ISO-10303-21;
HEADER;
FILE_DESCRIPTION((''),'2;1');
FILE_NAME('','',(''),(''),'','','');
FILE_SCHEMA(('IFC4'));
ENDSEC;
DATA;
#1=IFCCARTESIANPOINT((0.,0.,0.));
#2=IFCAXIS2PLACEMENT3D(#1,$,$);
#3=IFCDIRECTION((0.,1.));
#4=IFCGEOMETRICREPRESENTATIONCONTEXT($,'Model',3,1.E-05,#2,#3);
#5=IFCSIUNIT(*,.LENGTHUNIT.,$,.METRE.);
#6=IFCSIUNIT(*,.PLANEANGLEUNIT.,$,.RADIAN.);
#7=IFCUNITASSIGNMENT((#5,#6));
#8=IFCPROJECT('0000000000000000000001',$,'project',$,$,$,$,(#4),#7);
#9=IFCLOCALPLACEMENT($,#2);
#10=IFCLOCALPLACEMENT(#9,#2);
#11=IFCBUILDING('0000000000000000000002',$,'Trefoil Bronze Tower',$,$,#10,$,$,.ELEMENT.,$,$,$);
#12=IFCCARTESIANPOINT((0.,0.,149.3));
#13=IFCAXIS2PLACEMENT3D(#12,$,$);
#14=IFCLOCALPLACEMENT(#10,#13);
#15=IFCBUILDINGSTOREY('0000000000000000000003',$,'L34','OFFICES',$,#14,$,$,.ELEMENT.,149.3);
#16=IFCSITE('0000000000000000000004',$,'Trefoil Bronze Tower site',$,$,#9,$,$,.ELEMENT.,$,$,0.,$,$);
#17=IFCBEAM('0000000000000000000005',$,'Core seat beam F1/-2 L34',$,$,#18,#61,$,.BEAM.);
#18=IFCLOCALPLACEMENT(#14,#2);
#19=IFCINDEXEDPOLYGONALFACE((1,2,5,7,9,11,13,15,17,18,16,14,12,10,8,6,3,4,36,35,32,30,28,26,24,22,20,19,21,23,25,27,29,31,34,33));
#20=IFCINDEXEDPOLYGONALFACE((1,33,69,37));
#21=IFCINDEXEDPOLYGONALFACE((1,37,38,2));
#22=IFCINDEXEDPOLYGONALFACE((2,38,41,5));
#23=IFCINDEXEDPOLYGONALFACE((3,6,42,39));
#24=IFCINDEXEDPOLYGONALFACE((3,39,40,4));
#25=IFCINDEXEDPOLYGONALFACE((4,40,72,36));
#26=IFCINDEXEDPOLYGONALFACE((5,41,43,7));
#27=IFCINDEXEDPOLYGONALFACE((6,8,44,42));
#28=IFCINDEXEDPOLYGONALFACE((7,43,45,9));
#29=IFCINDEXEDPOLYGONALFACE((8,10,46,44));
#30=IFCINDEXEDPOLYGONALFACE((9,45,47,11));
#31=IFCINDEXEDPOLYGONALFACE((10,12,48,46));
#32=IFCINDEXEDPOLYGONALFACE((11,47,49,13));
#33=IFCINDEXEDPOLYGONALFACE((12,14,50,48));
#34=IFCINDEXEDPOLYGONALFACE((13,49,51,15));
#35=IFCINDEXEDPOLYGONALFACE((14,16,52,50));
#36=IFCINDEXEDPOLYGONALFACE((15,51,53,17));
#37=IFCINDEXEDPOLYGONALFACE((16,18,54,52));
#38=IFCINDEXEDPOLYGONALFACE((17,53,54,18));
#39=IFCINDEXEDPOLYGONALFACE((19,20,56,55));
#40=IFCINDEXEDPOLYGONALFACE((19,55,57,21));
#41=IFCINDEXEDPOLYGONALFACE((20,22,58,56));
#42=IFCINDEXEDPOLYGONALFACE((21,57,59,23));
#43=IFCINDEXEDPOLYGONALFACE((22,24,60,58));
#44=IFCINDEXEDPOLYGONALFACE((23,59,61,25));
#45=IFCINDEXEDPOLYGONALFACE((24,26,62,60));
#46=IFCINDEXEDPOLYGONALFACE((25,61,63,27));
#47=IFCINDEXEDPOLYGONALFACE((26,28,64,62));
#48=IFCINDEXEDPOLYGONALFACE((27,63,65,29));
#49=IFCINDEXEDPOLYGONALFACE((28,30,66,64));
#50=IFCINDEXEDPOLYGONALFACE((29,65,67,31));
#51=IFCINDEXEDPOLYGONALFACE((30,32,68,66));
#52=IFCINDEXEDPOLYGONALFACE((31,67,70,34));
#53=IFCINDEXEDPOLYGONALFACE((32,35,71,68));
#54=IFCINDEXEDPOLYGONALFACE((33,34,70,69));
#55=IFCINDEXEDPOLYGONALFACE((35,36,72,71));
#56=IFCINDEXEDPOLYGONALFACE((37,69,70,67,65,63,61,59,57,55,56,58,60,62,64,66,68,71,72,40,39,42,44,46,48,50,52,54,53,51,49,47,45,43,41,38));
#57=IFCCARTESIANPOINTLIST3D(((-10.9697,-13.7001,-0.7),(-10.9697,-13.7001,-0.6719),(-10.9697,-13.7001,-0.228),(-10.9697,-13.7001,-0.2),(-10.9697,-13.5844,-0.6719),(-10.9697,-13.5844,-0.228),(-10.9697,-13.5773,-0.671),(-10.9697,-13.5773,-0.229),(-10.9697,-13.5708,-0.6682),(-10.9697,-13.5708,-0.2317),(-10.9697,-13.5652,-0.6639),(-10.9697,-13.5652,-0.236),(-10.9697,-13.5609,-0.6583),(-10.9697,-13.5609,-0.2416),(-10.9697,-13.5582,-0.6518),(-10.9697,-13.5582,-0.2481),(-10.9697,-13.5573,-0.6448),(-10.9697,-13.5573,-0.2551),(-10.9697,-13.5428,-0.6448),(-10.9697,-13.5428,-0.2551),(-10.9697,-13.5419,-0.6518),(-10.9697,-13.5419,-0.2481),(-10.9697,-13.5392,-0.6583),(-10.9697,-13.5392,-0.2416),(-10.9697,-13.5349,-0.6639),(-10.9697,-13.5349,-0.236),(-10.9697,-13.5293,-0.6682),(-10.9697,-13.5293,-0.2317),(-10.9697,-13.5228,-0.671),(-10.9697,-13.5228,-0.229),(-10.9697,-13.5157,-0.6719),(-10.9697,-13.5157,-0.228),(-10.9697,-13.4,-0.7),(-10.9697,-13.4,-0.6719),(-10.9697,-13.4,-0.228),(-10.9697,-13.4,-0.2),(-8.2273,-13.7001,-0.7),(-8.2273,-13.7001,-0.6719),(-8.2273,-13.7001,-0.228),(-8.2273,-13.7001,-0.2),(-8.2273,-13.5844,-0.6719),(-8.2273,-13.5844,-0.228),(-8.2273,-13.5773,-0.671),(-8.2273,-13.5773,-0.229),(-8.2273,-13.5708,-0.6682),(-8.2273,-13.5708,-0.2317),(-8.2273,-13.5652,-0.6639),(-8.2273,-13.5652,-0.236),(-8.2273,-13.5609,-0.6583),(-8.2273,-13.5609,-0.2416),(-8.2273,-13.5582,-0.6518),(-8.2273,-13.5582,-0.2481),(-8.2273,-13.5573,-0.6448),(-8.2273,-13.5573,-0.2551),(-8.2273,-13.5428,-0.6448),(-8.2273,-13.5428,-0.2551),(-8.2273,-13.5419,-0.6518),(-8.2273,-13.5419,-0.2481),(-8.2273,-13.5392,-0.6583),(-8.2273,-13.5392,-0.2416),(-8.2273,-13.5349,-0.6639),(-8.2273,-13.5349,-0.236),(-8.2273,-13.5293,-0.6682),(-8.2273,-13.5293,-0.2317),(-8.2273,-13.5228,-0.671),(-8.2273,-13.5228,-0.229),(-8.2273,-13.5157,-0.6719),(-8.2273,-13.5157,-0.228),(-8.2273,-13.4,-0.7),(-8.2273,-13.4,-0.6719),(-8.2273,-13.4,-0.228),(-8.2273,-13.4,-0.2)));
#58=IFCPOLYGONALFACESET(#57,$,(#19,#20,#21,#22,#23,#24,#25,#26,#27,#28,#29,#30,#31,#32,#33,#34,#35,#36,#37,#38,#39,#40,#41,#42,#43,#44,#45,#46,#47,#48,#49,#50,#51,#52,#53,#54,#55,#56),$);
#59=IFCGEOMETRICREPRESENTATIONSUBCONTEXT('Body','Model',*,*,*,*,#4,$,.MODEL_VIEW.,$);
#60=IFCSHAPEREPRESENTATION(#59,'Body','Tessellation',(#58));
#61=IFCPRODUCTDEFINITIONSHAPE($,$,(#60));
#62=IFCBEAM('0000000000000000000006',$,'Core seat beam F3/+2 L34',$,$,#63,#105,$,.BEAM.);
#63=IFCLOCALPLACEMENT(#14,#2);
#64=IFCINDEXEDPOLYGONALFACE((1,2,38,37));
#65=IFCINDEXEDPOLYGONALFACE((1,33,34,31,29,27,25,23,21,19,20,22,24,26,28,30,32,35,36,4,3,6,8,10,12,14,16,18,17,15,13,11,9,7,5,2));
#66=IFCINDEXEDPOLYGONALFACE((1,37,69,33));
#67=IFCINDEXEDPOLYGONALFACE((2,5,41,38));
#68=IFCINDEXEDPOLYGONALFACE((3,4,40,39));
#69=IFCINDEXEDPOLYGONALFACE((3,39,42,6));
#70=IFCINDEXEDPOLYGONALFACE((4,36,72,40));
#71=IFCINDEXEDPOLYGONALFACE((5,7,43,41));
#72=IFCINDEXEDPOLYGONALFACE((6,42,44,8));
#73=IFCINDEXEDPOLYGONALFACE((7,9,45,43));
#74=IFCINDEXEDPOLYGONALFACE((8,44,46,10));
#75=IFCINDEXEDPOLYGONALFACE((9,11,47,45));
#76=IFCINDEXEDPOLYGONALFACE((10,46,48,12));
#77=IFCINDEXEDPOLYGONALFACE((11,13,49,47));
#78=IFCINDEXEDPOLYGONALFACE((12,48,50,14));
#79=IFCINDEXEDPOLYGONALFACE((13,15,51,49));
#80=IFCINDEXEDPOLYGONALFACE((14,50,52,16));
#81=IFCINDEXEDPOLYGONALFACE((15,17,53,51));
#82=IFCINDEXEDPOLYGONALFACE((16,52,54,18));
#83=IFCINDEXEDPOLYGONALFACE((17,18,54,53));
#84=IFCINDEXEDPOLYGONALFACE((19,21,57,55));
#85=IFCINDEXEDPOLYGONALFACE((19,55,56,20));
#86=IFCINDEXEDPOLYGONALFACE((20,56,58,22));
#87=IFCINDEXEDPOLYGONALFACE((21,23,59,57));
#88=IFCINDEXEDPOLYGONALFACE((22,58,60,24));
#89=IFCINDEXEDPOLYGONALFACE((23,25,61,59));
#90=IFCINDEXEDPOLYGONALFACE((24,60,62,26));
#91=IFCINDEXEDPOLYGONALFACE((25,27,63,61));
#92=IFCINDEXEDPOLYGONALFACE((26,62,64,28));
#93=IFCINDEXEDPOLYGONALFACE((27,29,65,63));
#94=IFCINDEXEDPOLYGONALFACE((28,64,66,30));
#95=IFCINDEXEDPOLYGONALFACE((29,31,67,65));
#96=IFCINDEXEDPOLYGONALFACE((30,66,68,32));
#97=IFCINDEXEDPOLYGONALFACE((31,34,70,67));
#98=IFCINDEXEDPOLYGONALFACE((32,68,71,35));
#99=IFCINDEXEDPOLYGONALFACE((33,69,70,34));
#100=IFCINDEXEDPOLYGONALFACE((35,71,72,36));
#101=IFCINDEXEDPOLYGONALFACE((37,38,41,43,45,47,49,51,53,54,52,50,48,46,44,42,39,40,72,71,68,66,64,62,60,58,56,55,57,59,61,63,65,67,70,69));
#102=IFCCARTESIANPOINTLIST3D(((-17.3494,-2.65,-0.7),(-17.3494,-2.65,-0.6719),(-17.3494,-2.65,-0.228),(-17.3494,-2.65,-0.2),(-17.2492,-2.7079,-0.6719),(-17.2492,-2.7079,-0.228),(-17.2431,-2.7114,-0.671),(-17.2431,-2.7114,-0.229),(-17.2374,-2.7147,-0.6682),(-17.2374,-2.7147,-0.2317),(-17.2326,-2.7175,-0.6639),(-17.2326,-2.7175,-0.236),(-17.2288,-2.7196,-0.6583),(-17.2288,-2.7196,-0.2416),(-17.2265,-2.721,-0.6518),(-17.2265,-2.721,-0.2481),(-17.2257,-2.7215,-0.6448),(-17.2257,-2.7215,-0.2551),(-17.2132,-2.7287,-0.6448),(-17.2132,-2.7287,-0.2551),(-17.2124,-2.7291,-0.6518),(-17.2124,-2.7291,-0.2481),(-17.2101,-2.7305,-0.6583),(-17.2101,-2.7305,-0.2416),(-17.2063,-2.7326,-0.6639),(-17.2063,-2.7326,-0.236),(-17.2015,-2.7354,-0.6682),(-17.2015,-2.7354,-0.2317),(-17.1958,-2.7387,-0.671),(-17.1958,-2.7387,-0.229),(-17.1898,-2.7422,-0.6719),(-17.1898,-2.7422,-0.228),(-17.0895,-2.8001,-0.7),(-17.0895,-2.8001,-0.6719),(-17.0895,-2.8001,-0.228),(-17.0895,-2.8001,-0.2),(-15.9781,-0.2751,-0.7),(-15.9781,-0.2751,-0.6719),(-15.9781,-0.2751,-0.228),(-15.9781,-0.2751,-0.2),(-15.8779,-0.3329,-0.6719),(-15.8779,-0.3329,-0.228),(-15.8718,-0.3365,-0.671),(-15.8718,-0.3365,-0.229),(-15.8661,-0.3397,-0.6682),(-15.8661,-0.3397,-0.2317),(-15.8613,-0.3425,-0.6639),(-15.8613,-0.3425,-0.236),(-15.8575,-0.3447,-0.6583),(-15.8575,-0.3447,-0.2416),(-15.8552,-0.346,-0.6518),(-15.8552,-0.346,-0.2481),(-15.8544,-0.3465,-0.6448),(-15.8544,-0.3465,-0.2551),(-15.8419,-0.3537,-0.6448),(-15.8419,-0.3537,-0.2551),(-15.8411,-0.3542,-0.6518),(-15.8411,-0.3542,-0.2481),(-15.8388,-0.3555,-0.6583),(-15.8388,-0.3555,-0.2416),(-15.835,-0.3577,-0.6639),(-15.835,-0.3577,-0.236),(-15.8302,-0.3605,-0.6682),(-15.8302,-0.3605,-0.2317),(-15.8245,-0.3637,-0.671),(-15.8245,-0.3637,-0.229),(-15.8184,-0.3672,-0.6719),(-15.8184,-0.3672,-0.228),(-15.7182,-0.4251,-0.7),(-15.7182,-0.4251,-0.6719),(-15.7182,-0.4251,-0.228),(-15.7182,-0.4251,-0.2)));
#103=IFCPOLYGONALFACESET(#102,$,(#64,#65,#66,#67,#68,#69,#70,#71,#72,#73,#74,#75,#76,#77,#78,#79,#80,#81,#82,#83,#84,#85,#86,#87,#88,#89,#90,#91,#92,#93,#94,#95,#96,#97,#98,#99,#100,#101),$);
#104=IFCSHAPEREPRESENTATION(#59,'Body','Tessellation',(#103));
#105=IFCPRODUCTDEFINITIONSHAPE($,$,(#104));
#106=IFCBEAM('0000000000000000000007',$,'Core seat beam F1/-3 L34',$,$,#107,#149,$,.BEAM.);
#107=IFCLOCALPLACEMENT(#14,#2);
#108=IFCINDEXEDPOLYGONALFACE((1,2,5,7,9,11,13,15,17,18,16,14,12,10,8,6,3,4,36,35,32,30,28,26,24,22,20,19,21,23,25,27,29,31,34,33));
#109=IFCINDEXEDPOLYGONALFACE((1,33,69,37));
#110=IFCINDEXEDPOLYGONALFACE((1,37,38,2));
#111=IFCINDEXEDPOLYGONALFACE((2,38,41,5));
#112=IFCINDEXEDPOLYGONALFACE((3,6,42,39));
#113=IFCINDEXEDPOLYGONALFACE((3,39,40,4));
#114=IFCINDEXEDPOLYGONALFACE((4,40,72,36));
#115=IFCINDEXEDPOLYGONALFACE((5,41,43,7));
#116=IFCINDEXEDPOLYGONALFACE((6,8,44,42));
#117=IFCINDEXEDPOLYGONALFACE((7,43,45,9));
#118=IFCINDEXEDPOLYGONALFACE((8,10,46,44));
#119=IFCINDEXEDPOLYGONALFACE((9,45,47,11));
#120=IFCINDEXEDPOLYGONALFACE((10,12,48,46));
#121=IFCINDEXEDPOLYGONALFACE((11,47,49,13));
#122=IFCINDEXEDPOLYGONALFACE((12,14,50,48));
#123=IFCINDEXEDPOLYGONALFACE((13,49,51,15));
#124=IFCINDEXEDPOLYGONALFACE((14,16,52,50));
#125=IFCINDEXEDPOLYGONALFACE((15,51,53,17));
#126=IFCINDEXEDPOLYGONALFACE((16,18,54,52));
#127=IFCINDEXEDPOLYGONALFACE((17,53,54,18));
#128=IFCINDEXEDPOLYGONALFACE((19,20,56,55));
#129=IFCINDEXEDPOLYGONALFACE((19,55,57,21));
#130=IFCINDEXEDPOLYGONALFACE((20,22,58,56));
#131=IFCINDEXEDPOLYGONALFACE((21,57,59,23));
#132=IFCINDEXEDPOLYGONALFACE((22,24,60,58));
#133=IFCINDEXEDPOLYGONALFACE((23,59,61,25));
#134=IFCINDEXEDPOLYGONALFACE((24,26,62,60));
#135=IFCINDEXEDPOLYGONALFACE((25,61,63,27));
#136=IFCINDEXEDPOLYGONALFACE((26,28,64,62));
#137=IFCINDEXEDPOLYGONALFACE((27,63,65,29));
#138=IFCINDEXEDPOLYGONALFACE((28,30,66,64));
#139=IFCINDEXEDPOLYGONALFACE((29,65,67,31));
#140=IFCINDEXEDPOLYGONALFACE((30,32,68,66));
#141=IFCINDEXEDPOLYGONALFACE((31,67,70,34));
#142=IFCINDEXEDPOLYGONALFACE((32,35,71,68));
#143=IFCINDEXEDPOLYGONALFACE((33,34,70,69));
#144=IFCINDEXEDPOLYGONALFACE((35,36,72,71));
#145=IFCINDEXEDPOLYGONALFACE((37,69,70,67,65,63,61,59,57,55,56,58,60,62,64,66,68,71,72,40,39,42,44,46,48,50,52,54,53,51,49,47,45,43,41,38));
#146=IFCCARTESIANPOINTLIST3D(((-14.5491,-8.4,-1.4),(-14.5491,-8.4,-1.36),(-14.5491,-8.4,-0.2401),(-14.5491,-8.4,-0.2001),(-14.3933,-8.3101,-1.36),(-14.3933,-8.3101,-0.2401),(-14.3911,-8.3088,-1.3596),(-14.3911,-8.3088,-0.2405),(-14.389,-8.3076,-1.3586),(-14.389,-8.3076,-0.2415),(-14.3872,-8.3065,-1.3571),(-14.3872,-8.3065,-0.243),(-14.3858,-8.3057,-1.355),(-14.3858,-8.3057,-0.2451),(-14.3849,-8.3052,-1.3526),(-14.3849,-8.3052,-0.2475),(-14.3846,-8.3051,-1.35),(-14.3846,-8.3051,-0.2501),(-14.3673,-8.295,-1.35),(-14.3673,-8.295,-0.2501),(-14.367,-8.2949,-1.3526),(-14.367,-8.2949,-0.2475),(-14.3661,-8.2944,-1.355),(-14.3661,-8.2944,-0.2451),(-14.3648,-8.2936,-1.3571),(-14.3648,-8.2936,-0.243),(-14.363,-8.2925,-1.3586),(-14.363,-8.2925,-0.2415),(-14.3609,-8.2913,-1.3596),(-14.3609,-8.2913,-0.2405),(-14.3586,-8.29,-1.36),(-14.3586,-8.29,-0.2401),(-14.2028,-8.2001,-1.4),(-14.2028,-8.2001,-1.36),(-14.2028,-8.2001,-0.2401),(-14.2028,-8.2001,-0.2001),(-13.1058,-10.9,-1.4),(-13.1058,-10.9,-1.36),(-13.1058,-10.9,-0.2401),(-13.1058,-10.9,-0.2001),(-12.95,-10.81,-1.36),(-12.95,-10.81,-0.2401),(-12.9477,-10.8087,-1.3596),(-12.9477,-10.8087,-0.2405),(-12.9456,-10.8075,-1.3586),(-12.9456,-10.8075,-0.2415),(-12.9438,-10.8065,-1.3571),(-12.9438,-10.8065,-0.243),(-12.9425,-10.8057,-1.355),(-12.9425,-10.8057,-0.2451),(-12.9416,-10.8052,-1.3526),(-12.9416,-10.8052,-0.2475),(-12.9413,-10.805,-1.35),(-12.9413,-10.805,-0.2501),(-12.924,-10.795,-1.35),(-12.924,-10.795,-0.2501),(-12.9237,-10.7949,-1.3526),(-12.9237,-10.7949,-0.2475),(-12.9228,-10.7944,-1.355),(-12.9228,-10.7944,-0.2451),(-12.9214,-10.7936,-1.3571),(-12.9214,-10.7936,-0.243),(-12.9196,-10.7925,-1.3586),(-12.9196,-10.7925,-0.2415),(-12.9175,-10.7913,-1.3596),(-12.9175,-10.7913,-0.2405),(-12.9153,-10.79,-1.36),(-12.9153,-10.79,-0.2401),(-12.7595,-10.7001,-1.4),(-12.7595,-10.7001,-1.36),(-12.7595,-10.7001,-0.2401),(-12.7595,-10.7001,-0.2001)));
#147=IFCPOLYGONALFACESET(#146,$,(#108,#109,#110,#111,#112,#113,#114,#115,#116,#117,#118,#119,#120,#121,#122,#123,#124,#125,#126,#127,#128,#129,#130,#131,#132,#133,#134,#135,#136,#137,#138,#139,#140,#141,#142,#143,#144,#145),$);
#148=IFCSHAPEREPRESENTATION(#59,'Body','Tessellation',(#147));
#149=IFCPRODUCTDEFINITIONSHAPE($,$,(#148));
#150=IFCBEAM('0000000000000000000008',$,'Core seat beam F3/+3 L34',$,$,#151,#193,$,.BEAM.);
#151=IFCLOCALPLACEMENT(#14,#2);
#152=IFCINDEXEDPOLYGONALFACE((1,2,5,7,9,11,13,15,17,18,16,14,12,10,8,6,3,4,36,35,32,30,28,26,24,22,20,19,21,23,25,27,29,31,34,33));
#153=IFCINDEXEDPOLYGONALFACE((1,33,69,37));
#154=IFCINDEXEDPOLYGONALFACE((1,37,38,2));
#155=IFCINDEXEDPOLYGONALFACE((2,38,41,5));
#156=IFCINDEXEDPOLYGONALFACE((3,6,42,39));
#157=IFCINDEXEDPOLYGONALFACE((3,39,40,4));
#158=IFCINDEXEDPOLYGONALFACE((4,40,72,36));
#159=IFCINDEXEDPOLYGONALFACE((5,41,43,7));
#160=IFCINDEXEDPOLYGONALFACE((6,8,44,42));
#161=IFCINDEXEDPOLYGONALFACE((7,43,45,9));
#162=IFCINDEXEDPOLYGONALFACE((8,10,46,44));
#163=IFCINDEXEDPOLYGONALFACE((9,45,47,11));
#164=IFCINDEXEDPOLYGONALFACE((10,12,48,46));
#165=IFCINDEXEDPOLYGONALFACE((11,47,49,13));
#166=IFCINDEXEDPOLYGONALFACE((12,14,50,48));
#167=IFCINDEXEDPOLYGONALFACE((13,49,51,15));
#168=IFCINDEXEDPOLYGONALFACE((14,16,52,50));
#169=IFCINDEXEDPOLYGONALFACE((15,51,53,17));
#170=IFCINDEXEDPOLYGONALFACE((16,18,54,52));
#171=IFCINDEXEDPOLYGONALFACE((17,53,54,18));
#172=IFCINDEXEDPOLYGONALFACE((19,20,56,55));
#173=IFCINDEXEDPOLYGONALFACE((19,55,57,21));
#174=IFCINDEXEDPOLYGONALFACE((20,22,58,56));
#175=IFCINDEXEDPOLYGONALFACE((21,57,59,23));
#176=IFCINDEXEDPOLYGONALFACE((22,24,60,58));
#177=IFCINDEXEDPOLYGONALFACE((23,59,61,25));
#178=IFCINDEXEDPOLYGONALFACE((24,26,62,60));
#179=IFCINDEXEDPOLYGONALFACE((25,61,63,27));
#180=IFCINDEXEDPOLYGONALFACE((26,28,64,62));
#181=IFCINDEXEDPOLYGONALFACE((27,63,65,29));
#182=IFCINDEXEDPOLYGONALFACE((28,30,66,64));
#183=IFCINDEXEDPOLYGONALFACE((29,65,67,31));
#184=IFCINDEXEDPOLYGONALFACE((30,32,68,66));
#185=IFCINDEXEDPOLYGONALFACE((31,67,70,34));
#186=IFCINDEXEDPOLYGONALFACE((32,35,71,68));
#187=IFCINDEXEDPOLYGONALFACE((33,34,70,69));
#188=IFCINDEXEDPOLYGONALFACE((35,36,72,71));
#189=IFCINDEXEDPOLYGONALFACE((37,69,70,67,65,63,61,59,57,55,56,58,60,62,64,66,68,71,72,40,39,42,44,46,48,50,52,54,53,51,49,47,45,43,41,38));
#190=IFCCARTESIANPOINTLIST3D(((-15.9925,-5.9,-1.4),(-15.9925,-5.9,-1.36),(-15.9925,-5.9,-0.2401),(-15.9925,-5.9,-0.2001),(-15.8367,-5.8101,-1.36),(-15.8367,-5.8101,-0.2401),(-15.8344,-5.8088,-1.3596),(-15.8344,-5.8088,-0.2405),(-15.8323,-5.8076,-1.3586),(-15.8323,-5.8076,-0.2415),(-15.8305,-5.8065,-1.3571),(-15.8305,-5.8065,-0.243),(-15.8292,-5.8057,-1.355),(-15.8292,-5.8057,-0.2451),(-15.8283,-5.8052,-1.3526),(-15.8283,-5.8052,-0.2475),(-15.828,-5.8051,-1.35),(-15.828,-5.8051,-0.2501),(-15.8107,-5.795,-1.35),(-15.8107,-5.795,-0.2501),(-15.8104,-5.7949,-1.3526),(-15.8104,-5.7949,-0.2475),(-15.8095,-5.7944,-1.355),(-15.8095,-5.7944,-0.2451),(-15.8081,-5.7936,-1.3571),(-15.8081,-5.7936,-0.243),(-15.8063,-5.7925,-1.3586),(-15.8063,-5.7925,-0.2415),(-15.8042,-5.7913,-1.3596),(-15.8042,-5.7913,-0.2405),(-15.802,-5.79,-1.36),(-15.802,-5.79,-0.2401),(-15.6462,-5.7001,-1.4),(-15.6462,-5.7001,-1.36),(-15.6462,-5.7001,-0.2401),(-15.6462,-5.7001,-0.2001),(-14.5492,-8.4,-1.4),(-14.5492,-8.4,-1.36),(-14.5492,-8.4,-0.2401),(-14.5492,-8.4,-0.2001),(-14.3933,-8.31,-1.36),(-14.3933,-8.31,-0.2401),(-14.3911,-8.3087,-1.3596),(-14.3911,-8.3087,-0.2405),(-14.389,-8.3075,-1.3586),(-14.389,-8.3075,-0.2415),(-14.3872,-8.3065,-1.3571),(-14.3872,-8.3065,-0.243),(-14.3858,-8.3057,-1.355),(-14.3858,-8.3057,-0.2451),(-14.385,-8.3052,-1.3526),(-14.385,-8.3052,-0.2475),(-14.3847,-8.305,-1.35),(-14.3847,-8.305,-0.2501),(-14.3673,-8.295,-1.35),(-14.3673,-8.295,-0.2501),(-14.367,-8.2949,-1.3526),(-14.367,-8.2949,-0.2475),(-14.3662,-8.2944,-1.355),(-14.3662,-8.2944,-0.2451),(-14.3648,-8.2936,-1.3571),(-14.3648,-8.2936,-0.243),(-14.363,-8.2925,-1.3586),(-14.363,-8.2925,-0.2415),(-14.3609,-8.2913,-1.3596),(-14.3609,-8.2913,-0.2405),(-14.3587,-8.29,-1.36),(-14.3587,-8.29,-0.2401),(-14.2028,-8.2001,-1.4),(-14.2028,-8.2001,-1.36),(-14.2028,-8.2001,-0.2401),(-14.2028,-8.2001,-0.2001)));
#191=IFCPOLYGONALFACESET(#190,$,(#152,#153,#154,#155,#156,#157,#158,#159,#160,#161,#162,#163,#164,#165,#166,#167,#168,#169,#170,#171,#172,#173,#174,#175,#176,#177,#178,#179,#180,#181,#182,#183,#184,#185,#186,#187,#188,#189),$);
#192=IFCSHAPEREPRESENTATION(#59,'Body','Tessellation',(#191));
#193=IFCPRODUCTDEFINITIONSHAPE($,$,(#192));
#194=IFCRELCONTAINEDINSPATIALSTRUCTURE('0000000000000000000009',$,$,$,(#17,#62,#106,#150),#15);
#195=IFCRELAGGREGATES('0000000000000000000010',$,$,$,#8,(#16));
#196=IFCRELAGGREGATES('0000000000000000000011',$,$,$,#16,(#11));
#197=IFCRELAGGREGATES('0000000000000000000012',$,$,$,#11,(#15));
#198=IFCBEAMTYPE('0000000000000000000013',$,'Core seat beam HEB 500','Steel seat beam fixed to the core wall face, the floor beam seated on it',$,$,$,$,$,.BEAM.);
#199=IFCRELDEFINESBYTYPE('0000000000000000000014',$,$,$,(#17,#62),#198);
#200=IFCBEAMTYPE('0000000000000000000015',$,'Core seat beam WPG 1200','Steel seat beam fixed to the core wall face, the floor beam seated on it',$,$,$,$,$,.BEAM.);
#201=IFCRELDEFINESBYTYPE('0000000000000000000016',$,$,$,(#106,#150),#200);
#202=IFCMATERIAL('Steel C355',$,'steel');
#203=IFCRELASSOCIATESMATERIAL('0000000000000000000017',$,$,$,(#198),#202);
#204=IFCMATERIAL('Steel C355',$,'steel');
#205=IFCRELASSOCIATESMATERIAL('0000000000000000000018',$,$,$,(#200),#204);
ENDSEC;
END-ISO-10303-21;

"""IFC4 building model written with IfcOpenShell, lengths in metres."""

from ifc_helpers import new_model, si_unit, direction, frame, origin, origin_2d, place, context, subcontext, project, spatial, i_section, extrude, material, material_profile, profile_set, type_object, element, save


model = new_model("IFC4")

# Units and contexts
model_context = context("Model", 3, precision=1e-05, world=origin(), true_north=direction((0.0, 1.0)))
body_context = subcontext(model_context, "Body", "Model", "MODEL_VIEW")
ifc_project = project(units=[si_unit("LENGTHUNIT", "METRE"), si_unit("PLANEANGLEUNIT", "RADIAN")], contexts=[model_context])

# Site, building, storey
site_placement = place(None, origin())
site = spatial("IfcSite", under=ifc_project, at=site_placement, Name="Trefoil Bronze Tower site", CompositionType="ELEMENT", RefElevation=0.0)
building_placement = place(site_placement, origin())
building = spatial("IfcBuilding", under=site, at=building_placement, Name="Trefoil Bronze Tower", CompositionType="ELEMENT")
storey_placement = place(building_placement, frame((0.0, 0.0, 149.3)))
storey = spatial("IfcBuildingStorey", under=building, at=storey_placement, Name="L34", Description="OFFICES", CompositionType="ELEMENT", Elevation=149.3)

# Beams
ifc_material_1 = material(Name="Steel C355", Category="steel")
ifc_material_profile_1 = material_profile(ifc_material_1, i_section(OverallWidth=0.3, OverallDepth=0.5, WebThickness=0.0144, FlangeThickness=0.0281, FilletRadius=0.0271, at=origin_2d()), Name="HEB 500")
ifc_profile_set_1 = profile_set([ifc_material_profile_1], Name="Steel C355")
beam_type_1 = type_object("IfcBeamType", Name="Core seat beam HEB 500", Description="Steel seat beam fixed to the core wall face, the floor beam seated on it", PredefinedType="BEAM", material=ifc_profile_set_1)
for number, where, z_axis, x_axis, name in (
    (1, (-10.9697, -13.55, -0.45), (1.0, 0.0, 0.0), (0.0, 1.0, 0.0), "Core seat beam F1/-2 L34"),
    (2, (-15.8481, -0.3501, -0.45), (-0.500036, -0.866005, 0.0), (0.866005, -0.500036, 0.0), "Core seat beam F3/+2 L34"),
):
    element("IfcBeam", number, at=place(storey_placement, frame(where, z_axis=z_axis, x_axis=x_axis)), inside=storey, type_object=beam_type_1, Name=name, PredefinedType="BEAM", context=body_context, shape_type="SweptSolid", body=[
        extrude(i_section(OverallWidth=0.3, OverallDepth=0.5, WebThickness=0.0144, FlangeThickness=0.0281, FilletRadius=0.0271, at=origin_2d()), origin(), (0.0, 0.0, 1.0), 2.7424),
    ])
ifc_material_2 = material(Name="Steel C355", Category="steel")
ifc_material_profile_2 = material_profile(ifc_material_2, i_section(OverallWidth=0.3999, OverallDepth=1.2, WebThickness=0.02, FlangeThickness=0.04, FilletRadius=0.01, at=origin_2d()), Name="WPG 1200")
ifc_profile_set_2 = profile_set([ifc_material_profile_2], Name="Steel C355")
beam_type_2 = type_object("IfcBeamType", Name="Core seat beam WPG 1200", Description="Steel seat beam fixed to the core wall face, the floor beam seated on it", PredefinedType="BEAM", material=ifc_profile_set_2)
for number, where, z_axis, x_axis, name in (
    (3, (-14.376, -8.3, -0.8), (0.499996, -0.866028, 0.0), (0.866028, 0.499996, 0.0), "Core seat beam F1/-3 L34"),
    (4, (-15.8193, -5.8, -0.8), (0.499996, -0.866028, 0.0), (0.866028, 0.499996, 0.0), "Core seat beam F3/+3 L34"),
):
    element("IfcBeam", number, at=place(storey_placement, frame(where, z_axis=z_axis, x_axis=x_axis)), inside=storey, type_object=beam_type_2, Name=name, PredefinedType="BEAM", context=body_context, shape_type="SweptSolid", body=[
        extrude(i_section(OverallWidth=0.3999, OverallDepth=1.2, WebThickness=0.02, FlangeThickness=0.04, FilletRadius=0.01, at=origin_2d()), origin(), (0.0, 0.0, 1.0), 2.8867),
    ])

save(model, "model.ifc")
